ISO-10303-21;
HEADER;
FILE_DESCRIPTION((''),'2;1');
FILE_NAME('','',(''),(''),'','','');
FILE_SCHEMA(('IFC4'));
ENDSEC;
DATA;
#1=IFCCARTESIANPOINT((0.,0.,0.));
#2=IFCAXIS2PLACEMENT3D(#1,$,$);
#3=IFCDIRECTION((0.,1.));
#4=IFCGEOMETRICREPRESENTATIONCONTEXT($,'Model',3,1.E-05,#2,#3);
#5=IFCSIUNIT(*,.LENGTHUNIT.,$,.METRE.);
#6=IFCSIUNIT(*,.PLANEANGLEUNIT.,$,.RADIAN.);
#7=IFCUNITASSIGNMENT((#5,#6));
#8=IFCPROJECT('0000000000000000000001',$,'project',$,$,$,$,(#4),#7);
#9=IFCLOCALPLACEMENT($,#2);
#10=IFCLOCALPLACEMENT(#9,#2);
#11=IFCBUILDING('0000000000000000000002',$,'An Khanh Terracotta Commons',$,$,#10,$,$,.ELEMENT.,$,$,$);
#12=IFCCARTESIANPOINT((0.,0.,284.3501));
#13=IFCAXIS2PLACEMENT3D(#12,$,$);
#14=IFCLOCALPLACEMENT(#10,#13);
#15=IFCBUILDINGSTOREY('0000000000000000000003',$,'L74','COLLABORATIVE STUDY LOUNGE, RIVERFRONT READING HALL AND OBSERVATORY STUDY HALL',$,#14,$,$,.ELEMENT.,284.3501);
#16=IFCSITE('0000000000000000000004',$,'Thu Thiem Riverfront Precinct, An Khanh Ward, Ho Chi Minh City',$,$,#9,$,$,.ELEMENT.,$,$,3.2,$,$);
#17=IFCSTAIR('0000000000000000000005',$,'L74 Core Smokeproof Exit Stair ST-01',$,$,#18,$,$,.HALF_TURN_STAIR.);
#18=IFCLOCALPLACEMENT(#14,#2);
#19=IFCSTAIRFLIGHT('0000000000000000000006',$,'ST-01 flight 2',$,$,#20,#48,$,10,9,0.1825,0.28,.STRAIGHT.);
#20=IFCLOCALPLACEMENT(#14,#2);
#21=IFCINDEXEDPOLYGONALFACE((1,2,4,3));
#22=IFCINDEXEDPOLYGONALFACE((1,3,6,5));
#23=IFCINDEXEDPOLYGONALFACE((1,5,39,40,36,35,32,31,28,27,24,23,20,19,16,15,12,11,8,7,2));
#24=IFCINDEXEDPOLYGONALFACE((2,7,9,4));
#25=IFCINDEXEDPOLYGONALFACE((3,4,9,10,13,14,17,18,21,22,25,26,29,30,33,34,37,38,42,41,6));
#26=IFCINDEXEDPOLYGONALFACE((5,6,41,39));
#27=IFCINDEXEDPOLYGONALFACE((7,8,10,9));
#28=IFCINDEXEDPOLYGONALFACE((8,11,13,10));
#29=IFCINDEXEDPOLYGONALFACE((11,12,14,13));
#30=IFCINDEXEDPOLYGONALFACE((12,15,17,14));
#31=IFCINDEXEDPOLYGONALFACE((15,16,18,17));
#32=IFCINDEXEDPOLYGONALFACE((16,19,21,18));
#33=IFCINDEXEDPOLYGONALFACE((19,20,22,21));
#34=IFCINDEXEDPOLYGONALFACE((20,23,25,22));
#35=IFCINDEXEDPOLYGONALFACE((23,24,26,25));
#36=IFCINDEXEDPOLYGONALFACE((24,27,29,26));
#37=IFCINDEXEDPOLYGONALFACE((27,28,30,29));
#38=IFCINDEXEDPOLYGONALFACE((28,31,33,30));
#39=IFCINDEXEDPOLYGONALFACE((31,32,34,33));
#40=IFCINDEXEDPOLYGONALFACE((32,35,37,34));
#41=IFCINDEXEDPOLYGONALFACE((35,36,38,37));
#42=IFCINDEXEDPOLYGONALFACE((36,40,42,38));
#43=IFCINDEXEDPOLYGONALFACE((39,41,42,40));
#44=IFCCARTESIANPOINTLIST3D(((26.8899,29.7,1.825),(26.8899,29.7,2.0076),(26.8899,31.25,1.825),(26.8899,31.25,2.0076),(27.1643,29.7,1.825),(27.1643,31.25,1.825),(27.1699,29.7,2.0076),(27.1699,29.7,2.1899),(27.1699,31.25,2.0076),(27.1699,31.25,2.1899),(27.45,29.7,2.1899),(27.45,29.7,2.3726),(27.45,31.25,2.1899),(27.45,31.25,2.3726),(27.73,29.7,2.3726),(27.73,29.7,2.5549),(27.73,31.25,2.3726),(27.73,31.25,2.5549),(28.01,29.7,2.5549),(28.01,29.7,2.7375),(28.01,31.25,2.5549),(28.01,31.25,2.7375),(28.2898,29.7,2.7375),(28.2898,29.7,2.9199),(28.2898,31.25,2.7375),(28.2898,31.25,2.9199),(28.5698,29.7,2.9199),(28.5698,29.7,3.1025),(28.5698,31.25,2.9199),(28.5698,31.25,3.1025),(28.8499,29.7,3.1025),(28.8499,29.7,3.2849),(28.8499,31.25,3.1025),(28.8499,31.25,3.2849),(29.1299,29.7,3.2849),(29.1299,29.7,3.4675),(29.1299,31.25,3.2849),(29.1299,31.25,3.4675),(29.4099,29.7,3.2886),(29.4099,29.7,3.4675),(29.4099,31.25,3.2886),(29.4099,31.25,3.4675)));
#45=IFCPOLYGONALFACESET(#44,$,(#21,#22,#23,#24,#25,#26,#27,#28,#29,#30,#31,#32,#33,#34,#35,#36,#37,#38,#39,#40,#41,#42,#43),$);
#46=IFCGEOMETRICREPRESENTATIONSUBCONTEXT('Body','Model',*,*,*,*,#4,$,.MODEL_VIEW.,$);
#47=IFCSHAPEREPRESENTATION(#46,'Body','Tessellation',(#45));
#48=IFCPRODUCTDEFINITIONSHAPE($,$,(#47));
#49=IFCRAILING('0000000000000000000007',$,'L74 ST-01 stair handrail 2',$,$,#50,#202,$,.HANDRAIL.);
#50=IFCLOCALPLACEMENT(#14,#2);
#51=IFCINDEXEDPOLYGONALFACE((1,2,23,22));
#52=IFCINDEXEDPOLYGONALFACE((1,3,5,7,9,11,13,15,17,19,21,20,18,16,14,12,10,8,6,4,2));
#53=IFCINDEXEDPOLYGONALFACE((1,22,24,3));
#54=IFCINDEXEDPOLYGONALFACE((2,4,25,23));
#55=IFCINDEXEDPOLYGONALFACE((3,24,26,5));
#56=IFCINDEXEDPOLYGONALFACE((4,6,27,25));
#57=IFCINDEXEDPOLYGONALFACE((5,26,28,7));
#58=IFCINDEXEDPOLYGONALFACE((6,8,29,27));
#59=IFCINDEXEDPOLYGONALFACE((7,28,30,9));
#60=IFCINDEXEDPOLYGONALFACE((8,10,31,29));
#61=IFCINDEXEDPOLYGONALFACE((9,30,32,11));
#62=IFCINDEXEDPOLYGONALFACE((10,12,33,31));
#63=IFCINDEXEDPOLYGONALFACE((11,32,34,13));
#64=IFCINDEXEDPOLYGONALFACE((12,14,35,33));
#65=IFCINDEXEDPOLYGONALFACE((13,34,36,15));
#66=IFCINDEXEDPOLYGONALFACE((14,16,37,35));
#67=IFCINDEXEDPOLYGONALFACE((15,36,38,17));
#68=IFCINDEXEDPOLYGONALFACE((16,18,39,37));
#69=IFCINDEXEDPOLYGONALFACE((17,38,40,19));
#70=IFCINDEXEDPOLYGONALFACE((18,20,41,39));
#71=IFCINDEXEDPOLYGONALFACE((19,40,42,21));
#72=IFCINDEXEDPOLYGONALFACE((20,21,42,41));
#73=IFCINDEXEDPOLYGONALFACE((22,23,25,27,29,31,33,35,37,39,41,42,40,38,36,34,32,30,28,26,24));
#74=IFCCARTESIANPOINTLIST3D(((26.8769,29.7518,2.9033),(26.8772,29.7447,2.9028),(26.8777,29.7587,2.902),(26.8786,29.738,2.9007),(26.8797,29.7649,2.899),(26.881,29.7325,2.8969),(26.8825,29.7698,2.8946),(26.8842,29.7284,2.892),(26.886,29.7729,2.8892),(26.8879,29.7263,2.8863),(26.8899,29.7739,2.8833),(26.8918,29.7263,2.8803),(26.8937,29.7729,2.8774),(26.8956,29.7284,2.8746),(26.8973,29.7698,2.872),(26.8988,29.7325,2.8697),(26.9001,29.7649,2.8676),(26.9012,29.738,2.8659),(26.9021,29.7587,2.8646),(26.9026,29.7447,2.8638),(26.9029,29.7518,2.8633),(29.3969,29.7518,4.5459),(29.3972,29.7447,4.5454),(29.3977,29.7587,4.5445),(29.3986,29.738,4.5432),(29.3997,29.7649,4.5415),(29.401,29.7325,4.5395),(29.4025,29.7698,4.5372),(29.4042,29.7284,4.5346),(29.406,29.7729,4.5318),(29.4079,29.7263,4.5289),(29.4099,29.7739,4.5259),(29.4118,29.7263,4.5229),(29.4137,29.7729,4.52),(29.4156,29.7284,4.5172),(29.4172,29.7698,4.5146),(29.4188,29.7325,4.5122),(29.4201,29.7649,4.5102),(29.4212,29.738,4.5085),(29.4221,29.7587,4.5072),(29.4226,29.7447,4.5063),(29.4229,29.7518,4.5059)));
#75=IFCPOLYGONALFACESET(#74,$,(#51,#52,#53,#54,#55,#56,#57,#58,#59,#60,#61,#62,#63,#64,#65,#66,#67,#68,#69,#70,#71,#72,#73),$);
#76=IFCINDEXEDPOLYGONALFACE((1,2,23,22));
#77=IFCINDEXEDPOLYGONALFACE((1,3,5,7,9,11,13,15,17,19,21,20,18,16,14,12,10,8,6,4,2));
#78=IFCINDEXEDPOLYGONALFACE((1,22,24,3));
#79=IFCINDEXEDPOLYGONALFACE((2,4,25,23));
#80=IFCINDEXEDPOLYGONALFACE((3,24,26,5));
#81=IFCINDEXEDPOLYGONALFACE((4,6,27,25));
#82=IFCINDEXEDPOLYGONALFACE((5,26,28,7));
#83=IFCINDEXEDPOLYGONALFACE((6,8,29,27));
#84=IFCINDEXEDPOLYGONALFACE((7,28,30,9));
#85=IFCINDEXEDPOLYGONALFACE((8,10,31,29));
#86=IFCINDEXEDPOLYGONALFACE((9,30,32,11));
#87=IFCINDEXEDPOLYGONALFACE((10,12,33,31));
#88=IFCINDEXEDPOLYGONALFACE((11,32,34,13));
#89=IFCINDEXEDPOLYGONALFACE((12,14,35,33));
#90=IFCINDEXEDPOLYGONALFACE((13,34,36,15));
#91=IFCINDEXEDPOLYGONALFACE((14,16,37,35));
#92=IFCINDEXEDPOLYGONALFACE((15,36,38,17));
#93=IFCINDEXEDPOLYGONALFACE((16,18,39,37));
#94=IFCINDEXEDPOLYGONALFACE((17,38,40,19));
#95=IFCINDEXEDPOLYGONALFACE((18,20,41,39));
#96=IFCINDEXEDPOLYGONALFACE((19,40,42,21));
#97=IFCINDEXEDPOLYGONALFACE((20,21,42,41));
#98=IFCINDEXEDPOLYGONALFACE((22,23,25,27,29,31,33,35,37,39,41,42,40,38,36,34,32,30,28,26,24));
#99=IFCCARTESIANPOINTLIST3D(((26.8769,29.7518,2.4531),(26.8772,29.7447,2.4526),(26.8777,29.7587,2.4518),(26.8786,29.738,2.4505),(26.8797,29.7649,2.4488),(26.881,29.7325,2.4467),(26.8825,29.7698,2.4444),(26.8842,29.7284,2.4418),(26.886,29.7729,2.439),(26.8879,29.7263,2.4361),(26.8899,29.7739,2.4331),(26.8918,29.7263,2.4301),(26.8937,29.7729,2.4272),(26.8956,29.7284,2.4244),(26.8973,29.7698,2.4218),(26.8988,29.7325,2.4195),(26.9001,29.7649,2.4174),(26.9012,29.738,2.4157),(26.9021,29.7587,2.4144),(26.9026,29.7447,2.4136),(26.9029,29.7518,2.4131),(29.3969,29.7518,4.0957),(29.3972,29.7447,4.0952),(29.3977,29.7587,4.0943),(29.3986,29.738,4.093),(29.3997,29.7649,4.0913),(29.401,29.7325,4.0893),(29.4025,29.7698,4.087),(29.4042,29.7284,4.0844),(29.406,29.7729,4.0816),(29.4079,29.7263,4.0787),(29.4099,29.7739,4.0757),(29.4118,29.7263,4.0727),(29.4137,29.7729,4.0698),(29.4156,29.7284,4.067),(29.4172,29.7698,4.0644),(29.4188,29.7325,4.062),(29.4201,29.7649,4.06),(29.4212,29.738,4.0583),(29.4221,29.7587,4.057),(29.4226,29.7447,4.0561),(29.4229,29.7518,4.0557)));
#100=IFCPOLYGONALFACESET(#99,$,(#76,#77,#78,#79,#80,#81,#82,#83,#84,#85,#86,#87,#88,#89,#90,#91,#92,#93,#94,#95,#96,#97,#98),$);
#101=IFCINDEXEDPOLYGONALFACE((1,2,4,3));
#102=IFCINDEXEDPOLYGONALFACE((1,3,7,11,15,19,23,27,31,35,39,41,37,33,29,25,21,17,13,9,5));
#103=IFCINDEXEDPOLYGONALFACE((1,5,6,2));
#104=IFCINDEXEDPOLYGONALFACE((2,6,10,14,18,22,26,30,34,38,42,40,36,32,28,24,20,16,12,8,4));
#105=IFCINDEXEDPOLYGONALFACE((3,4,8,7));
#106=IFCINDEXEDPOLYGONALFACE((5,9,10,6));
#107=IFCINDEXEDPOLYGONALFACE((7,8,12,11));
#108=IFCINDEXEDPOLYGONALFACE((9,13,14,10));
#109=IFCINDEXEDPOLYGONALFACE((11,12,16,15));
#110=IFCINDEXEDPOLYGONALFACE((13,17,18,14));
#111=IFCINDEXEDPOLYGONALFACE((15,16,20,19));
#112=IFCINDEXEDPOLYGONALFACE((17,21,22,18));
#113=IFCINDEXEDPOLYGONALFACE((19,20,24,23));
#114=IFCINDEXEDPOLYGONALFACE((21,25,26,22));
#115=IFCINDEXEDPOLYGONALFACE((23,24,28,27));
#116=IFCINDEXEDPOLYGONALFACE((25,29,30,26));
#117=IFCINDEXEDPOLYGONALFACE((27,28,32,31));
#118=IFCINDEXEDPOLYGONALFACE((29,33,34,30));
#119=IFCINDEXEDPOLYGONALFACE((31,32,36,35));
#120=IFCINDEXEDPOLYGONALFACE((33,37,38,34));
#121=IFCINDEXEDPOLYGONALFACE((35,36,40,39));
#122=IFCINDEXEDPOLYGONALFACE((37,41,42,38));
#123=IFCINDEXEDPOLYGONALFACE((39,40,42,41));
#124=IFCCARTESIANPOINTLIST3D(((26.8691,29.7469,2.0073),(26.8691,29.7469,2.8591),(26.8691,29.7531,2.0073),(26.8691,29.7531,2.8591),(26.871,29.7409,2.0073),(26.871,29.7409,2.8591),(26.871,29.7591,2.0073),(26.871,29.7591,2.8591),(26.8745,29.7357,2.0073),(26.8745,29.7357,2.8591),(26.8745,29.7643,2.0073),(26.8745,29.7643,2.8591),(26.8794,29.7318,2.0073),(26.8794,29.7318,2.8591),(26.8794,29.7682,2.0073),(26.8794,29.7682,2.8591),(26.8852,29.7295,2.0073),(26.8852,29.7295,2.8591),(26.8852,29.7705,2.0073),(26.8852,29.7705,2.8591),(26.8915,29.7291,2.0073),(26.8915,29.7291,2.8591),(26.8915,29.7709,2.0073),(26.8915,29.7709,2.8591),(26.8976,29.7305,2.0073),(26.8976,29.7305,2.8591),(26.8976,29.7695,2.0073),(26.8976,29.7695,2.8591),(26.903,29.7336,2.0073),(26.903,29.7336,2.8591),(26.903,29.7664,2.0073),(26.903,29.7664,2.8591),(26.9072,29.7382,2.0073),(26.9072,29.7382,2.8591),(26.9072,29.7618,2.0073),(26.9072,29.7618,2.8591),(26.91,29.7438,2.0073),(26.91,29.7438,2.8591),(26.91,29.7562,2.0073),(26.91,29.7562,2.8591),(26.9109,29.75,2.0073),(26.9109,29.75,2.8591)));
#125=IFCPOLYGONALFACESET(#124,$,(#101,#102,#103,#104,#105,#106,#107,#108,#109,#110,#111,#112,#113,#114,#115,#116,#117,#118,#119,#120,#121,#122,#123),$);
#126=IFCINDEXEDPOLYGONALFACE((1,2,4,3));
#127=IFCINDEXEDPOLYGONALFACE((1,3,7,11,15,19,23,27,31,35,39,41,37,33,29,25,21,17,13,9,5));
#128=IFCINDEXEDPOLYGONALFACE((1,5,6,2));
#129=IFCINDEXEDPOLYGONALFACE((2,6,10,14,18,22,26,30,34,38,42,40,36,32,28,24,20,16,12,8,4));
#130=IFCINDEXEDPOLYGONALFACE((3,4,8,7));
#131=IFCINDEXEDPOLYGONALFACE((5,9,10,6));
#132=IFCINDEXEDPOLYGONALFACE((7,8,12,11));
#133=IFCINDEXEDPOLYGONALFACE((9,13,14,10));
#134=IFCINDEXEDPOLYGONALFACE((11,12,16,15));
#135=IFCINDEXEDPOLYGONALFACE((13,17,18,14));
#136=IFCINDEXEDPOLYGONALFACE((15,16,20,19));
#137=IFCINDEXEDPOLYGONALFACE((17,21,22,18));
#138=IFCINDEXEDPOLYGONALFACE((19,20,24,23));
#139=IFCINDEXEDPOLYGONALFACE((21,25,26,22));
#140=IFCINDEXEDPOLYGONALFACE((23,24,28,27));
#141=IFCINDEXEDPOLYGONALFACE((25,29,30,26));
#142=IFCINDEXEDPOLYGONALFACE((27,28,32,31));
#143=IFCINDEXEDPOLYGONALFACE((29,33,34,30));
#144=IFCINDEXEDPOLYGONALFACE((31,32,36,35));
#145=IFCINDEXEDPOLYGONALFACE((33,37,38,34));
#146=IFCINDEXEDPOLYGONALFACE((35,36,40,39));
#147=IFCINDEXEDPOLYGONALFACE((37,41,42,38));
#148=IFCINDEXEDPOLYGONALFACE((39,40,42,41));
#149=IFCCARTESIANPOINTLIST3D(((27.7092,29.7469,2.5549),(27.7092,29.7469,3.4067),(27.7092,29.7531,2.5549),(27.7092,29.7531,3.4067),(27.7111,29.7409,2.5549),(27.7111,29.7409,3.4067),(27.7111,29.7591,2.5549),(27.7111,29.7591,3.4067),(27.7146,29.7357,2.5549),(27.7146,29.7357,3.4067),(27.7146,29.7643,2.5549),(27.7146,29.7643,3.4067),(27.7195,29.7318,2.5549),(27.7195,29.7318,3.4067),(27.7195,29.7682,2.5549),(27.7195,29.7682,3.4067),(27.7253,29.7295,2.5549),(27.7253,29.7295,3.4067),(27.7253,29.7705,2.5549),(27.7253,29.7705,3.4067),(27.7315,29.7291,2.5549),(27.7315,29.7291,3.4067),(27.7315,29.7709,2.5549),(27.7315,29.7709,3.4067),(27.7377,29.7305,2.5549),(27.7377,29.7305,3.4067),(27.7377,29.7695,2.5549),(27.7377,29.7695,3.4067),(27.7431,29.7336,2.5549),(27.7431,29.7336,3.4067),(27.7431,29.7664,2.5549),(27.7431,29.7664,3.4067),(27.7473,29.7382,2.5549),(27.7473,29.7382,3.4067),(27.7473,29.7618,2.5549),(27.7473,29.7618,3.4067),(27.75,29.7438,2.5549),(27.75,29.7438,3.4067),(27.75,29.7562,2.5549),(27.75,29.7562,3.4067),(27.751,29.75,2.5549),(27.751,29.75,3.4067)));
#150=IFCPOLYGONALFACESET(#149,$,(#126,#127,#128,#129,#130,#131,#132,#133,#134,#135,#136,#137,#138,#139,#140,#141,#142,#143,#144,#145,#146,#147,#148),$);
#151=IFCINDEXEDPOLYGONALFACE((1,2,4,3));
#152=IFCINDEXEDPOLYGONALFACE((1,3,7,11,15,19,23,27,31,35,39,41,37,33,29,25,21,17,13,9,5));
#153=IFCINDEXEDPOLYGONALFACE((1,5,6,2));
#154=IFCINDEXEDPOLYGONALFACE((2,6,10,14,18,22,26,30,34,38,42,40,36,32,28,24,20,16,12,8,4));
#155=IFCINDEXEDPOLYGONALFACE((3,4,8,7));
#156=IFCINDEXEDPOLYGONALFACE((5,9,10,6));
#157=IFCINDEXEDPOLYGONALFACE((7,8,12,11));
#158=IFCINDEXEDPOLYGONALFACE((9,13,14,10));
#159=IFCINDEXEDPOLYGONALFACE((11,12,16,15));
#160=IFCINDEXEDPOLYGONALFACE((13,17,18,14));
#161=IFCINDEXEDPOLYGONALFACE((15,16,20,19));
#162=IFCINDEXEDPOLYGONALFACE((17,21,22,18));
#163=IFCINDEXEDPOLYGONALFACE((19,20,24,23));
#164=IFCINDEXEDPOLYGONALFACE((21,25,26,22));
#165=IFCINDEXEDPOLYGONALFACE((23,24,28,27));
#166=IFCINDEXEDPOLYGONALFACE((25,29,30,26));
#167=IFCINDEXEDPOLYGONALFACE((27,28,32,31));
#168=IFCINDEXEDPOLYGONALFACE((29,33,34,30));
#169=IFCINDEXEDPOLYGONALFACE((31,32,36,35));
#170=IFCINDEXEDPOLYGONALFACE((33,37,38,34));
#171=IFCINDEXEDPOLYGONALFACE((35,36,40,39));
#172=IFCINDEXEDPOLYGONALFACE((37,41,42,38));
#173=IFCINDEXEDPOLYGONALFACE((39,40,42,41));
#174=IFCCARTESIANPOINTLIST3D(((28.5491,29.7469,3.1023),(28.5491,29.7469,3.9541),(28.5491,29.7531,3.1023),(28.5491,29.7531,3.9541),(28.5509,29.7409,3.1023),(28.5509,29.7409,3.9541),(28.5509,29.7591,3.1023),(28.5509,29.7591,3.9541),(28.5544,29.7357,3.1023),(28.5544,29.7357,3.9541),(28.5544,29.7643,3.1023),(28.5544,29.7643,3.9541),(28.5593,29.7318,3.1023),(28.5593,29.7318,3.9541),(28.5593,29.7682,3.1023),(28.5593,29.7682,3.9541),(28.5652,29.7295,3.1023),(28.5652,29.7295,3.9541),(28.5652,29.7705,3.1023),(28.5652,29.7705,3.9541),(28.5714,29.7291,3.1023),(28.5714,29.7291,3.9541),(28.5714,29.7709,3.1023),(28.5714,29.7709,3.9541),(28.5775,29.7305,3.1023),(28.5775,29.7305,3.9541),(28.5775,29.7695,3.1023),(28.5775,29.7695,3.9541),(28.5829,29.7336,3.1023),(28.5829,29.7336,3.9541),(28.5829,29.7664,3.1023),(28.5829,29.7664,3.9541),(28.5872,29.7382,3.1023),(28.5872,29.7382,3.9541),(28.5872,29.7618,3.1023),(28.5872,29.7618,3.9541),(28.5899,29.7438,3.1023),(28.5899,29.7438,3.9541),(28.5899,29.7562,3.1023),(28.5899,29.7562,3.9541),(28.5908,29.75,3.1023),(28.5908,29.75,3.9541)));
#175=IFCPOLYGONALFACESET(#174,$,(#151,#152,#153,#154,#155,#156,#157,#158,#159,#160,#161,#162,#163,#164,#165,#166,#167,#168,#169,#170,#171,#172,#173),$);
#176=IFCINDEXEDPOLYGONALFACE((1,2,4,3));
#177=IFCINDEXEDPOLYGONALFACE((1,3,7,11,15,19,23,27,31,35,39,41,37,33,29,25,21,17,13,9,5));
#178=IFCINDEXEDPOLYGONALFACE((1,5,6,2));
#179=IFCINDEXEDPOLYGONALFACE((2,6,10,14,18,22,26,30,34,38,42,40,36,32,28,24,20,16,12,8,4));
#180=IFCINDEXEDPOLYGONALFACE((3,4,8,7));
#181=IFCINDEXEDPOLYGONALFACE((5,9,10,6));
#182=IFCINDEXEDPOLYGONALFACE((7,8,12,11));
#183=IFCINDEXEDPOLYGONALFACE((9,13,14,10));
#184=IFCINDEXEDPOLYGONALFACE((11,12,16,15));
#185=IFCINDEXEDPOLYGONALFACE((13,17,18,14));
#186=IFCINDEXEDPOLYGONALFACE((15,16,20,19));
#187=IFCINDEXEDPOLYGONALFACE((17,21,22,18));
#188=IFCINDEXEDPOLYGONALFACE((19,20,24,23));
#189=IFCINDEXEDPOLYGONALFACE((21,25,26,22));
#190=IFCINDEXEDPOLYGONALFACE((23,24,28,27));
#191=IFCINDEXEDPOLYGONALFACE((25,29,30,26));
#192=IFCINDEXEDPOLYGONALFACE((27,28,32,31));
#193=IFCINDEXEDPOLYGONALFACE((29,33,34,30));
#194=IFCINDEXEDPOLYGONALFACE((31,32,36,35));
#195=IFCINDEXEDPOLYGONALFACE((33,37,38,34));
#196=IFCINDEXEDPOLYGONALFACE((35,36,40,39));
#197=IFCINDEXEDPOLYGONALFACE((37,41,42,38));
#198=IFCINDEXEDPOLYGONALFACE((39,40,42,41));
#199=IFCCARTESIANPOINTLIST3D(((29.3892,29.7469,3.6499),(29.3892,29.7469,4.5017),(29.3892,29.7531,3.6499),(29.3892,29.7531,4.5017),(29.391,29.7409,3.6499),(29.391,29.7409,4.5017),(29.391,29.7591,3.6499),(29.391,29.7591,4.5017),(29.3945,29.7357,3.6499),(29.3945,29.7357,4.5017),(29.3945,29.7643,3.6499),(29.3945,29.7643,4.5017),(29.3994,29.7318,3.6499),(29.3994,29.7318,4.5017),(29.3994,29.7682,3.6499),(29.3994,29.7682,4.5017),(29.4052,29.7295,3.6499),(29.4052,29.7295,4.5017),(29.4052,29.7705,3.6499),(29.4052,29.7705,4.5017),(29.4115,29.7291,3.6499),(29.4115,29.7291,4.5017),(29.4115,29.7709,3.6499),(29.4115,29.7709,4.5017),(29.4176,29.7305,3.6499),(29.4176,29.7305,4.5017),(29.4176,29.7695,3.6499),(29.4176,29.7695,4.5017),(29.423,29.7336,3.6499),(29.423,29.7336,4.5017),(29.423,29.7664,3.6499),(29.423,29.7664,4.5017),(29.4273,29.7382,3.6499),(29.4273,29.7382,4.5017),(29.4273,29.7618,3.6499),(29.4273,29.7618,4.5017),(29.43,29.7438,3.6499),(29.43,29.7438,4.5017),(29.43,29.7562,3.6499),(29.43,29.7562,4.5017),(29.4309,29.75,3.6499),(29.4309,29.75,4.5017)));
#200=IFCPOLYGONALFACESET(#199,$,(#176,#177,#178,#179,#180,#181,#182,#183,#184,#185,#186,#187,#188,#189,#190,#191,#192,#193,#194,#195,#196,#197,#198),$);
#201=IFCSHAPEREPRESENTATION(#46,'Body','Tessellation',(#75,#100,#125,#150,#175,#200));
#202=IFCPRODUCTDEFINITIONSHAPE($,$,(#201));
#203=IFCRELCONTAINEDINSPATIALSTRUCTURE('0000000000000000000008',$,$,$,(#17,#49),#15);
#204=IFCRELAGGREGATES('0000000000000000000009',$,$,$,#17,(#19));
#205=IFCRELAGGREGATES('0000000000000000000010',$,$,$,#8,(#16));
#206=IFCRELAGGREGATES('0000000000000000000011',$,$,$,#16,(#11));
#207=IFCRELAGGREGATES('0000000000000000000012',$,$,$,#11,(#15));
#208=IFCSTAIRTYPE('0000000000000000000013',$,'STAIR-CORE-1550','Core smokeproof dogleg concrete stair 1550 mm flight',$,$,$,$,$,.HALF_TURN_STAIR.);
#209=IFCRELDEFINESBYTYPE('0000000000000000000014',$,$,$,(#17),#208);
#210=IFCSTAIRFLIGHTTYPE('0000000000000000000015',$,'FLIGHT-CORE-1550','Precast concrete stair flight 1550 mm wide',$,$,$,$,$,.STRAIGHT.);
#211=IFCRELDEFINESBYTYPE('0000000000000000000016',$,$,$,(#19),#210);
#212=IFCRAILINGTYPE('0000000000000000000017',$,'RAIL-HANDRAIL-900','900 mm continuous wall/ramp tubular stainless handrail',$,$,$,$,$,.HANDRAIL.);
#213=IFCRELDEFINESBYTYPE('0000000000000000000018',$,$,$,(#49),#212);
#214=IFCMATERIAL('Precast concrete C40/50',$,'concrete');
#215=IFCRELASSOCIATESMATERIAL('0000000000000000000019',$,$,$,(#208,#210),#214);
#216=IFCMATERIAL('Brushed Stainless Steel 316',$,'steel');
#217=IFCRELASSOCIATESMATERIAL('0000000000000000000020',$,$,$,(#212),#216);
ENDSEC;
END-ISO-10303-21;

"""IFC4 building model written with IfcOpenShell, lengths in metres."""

from ifc_helpers import new_model, si_unit, direction, frame, origin, origin_2d, place, context, subcontext, project, spatial, polyline, circle, outline, extrude, material, type_object, element, aggregate, save


model = new_model("IFC4")

# Units and contexts
model_context = context("Model", 3, precision=1e-05, world=origin(), true_north=direction((0.0, 1.0)))
body_context = subcontext(model_context, "Body", "Model", "MODEL_VIEW")
ifc_project = project(units=[si_unit("LENGTHUNIT", "METRE"), si_unit("PLANEANGLEUNIT", "RADIAN")], contexts=[model_context])

# Site, building, storey
site_placement = place(None, origin())
site = spatial("IfcSite", under=ifc_project, at=site_placement, Name="Thu Thiem Riverfront Precinct, An Khanh Ward, Ho Chi Minh City", CompositionType="ELEMENT", RefElevation=3.2)
building_placement = place(site_placement, origin())
building = spatial("IfcBuilding", under=site, at=building_placement, Name="An Khanh Terracotta Commons", CompositionType="ELEMENT")
storey_placement = place(building_placement, frame((0.0, 0.0, 284.3501)))
storey = spatial("IfcBuildingStorey", under=building, at=storey_placement, Name="L74", Description="COLLABORATIVE STUDY LOUNGE, RIVERFRONT READING HALL AND OBSERVATORY STUDY HALL", CompositionType="ELEMENT", Elevation=284.3501)

# Shared definitions
ifc_material_1 = material(Name="Precast concrete C40/50", Category="concrete")

# Stair, stair flight
stair_type = type_object("IfcStairType", Name="STAIR-CORE-1550", Description="Core smokeproof dogleg concrete stair 1550 mm flight", PredefinedType="HALF_TURN_STAIR", material=ifc_material_1)
stair_placement = place(storey_placement, origin())
stair = element("IfcStair", 1, at=stair_placement, inside=storey, type_object=stair_type, Name="L74 Core Smokeproof Exit Stair ST-01", PredefinedType="HALF_TURN_STAIR")
stair_flight_type = type_object("IfcStairFlightType", Name="FLIGHT-CORE-1550", Description="Precast concrete stair flight 1550 mm wide", PredefinedType="STRAIGHT", material=ifc_material_1)
stair_flight_placement = place(storey_placement, frame((26.8899, 30.4751, 1.825), z_axis=(0.0, 0.0, 1.0), x_axis=(1.0, 0.0, 0.0)))
stair_flight = element("IfcStairFlight", 2, at=stair_flight_placement, type_object=stair_flight_type, Name="ST-01 flight 2", NumberOfRisers=10, NumberOfTreads=9, PredefinedType="STRAIGHT", RiserHeight=0.1825, TreadLength=0.28, context=body_context, shape_type="SweptSolid", body=[
    extrude(outline(polyline([(0.0, 0.0), (0.0, 0.1826), (0.28, 0.1826), (0.28, 0.365), (0.5601, 0.365), (0.5601, 0.5476), (0.8401, 0.5476), (0.8401, 0.73), (1.1201, 0.73), (1.1201, 0.9126), (1.3999, 0.9126), (1.3999, 1.095), (1.6799, 1.095), (1.6799, 1.2776), (1.96, 1.2776), (1.96, 1.46), (2.24, 1.46), (2.24, 1.6426), (2.52, 1.6426), (2.52, 1.825), (2.52, 1.4636), (0.2744, 0.0), (0.0, 0.0)])), frame((0.0, 0.7749, 0.0), z_axis=(0.0, -1.0, 0.0), x_axis=(1.0, 0.0, 0.0)), (0.0, 0.0, 1.0), 1.55),
])
aggregate(stair, [stair_flight])

# Railing
ifc_material_2 = material(Name="Brushed Stainless Steel 316", Category="steel")
railing_type_1 = type_object("IfcRailingType", Name="RAIL-HANDRAIL-900", Description="900 mm continuous wall/ramp tubular stainless handrail", PredefinedType="HANDRAIL", material=ifc_material_2)
railing_1_placement = place(storey_placement, frame((26.8899, 29.75, 2.0073)))
element("IfcRailing", 3, at=railing_1_placement, inside=storey, type_object=railing_type_1, Name="L74 ST-01 stair handrail 2", PredefinedType="HANDRAIL", context=body_context, shape_type="SweptSolid", body=[
    extrude(circle(Radius=0.0239, at=origin_2d()), frame((0.0, 0.0, 0.876), z_axis=(0.837749, 0.0, 0.546055), x_axis=(0.0, 1.0, 0.0)), (0.0, 0.0, 1.0), 3.0081),
    extrude(circle(Radius=0.0239, at=origin_2d()), frame((0.0, 0.0, 0.4258), z_axis=(0.837749, 0.0, 0.546055), x_axis=(0.0, 1.0, 0.0)), (0.0, 0.0, 1.0), 3.0081),
    extrude(circle(Radius=0.021, at=origin_2d()), origin(), (0.0, 0.0, 1.0), 0.8518),
    extrude(circle(Radius=0.021, at=origin_2d()), frame((0.8401, 0.0, 0.5476)), (0.0, 0.0, 1.0), 0.8518),
    extrude(circle(Radius=0.021, at=origin_2d()), frame((1.6799, 0.0, 1.095)), (0.0, 0.0, 1.0), 0.8518),
    extrude(circle(Radius=0.021, at=origin_2d()), frame((2.52, 0.0, 1.6426)), (0.0, 0.0, 1.0), 0.8518),
])

save(model, "model.ifc")
